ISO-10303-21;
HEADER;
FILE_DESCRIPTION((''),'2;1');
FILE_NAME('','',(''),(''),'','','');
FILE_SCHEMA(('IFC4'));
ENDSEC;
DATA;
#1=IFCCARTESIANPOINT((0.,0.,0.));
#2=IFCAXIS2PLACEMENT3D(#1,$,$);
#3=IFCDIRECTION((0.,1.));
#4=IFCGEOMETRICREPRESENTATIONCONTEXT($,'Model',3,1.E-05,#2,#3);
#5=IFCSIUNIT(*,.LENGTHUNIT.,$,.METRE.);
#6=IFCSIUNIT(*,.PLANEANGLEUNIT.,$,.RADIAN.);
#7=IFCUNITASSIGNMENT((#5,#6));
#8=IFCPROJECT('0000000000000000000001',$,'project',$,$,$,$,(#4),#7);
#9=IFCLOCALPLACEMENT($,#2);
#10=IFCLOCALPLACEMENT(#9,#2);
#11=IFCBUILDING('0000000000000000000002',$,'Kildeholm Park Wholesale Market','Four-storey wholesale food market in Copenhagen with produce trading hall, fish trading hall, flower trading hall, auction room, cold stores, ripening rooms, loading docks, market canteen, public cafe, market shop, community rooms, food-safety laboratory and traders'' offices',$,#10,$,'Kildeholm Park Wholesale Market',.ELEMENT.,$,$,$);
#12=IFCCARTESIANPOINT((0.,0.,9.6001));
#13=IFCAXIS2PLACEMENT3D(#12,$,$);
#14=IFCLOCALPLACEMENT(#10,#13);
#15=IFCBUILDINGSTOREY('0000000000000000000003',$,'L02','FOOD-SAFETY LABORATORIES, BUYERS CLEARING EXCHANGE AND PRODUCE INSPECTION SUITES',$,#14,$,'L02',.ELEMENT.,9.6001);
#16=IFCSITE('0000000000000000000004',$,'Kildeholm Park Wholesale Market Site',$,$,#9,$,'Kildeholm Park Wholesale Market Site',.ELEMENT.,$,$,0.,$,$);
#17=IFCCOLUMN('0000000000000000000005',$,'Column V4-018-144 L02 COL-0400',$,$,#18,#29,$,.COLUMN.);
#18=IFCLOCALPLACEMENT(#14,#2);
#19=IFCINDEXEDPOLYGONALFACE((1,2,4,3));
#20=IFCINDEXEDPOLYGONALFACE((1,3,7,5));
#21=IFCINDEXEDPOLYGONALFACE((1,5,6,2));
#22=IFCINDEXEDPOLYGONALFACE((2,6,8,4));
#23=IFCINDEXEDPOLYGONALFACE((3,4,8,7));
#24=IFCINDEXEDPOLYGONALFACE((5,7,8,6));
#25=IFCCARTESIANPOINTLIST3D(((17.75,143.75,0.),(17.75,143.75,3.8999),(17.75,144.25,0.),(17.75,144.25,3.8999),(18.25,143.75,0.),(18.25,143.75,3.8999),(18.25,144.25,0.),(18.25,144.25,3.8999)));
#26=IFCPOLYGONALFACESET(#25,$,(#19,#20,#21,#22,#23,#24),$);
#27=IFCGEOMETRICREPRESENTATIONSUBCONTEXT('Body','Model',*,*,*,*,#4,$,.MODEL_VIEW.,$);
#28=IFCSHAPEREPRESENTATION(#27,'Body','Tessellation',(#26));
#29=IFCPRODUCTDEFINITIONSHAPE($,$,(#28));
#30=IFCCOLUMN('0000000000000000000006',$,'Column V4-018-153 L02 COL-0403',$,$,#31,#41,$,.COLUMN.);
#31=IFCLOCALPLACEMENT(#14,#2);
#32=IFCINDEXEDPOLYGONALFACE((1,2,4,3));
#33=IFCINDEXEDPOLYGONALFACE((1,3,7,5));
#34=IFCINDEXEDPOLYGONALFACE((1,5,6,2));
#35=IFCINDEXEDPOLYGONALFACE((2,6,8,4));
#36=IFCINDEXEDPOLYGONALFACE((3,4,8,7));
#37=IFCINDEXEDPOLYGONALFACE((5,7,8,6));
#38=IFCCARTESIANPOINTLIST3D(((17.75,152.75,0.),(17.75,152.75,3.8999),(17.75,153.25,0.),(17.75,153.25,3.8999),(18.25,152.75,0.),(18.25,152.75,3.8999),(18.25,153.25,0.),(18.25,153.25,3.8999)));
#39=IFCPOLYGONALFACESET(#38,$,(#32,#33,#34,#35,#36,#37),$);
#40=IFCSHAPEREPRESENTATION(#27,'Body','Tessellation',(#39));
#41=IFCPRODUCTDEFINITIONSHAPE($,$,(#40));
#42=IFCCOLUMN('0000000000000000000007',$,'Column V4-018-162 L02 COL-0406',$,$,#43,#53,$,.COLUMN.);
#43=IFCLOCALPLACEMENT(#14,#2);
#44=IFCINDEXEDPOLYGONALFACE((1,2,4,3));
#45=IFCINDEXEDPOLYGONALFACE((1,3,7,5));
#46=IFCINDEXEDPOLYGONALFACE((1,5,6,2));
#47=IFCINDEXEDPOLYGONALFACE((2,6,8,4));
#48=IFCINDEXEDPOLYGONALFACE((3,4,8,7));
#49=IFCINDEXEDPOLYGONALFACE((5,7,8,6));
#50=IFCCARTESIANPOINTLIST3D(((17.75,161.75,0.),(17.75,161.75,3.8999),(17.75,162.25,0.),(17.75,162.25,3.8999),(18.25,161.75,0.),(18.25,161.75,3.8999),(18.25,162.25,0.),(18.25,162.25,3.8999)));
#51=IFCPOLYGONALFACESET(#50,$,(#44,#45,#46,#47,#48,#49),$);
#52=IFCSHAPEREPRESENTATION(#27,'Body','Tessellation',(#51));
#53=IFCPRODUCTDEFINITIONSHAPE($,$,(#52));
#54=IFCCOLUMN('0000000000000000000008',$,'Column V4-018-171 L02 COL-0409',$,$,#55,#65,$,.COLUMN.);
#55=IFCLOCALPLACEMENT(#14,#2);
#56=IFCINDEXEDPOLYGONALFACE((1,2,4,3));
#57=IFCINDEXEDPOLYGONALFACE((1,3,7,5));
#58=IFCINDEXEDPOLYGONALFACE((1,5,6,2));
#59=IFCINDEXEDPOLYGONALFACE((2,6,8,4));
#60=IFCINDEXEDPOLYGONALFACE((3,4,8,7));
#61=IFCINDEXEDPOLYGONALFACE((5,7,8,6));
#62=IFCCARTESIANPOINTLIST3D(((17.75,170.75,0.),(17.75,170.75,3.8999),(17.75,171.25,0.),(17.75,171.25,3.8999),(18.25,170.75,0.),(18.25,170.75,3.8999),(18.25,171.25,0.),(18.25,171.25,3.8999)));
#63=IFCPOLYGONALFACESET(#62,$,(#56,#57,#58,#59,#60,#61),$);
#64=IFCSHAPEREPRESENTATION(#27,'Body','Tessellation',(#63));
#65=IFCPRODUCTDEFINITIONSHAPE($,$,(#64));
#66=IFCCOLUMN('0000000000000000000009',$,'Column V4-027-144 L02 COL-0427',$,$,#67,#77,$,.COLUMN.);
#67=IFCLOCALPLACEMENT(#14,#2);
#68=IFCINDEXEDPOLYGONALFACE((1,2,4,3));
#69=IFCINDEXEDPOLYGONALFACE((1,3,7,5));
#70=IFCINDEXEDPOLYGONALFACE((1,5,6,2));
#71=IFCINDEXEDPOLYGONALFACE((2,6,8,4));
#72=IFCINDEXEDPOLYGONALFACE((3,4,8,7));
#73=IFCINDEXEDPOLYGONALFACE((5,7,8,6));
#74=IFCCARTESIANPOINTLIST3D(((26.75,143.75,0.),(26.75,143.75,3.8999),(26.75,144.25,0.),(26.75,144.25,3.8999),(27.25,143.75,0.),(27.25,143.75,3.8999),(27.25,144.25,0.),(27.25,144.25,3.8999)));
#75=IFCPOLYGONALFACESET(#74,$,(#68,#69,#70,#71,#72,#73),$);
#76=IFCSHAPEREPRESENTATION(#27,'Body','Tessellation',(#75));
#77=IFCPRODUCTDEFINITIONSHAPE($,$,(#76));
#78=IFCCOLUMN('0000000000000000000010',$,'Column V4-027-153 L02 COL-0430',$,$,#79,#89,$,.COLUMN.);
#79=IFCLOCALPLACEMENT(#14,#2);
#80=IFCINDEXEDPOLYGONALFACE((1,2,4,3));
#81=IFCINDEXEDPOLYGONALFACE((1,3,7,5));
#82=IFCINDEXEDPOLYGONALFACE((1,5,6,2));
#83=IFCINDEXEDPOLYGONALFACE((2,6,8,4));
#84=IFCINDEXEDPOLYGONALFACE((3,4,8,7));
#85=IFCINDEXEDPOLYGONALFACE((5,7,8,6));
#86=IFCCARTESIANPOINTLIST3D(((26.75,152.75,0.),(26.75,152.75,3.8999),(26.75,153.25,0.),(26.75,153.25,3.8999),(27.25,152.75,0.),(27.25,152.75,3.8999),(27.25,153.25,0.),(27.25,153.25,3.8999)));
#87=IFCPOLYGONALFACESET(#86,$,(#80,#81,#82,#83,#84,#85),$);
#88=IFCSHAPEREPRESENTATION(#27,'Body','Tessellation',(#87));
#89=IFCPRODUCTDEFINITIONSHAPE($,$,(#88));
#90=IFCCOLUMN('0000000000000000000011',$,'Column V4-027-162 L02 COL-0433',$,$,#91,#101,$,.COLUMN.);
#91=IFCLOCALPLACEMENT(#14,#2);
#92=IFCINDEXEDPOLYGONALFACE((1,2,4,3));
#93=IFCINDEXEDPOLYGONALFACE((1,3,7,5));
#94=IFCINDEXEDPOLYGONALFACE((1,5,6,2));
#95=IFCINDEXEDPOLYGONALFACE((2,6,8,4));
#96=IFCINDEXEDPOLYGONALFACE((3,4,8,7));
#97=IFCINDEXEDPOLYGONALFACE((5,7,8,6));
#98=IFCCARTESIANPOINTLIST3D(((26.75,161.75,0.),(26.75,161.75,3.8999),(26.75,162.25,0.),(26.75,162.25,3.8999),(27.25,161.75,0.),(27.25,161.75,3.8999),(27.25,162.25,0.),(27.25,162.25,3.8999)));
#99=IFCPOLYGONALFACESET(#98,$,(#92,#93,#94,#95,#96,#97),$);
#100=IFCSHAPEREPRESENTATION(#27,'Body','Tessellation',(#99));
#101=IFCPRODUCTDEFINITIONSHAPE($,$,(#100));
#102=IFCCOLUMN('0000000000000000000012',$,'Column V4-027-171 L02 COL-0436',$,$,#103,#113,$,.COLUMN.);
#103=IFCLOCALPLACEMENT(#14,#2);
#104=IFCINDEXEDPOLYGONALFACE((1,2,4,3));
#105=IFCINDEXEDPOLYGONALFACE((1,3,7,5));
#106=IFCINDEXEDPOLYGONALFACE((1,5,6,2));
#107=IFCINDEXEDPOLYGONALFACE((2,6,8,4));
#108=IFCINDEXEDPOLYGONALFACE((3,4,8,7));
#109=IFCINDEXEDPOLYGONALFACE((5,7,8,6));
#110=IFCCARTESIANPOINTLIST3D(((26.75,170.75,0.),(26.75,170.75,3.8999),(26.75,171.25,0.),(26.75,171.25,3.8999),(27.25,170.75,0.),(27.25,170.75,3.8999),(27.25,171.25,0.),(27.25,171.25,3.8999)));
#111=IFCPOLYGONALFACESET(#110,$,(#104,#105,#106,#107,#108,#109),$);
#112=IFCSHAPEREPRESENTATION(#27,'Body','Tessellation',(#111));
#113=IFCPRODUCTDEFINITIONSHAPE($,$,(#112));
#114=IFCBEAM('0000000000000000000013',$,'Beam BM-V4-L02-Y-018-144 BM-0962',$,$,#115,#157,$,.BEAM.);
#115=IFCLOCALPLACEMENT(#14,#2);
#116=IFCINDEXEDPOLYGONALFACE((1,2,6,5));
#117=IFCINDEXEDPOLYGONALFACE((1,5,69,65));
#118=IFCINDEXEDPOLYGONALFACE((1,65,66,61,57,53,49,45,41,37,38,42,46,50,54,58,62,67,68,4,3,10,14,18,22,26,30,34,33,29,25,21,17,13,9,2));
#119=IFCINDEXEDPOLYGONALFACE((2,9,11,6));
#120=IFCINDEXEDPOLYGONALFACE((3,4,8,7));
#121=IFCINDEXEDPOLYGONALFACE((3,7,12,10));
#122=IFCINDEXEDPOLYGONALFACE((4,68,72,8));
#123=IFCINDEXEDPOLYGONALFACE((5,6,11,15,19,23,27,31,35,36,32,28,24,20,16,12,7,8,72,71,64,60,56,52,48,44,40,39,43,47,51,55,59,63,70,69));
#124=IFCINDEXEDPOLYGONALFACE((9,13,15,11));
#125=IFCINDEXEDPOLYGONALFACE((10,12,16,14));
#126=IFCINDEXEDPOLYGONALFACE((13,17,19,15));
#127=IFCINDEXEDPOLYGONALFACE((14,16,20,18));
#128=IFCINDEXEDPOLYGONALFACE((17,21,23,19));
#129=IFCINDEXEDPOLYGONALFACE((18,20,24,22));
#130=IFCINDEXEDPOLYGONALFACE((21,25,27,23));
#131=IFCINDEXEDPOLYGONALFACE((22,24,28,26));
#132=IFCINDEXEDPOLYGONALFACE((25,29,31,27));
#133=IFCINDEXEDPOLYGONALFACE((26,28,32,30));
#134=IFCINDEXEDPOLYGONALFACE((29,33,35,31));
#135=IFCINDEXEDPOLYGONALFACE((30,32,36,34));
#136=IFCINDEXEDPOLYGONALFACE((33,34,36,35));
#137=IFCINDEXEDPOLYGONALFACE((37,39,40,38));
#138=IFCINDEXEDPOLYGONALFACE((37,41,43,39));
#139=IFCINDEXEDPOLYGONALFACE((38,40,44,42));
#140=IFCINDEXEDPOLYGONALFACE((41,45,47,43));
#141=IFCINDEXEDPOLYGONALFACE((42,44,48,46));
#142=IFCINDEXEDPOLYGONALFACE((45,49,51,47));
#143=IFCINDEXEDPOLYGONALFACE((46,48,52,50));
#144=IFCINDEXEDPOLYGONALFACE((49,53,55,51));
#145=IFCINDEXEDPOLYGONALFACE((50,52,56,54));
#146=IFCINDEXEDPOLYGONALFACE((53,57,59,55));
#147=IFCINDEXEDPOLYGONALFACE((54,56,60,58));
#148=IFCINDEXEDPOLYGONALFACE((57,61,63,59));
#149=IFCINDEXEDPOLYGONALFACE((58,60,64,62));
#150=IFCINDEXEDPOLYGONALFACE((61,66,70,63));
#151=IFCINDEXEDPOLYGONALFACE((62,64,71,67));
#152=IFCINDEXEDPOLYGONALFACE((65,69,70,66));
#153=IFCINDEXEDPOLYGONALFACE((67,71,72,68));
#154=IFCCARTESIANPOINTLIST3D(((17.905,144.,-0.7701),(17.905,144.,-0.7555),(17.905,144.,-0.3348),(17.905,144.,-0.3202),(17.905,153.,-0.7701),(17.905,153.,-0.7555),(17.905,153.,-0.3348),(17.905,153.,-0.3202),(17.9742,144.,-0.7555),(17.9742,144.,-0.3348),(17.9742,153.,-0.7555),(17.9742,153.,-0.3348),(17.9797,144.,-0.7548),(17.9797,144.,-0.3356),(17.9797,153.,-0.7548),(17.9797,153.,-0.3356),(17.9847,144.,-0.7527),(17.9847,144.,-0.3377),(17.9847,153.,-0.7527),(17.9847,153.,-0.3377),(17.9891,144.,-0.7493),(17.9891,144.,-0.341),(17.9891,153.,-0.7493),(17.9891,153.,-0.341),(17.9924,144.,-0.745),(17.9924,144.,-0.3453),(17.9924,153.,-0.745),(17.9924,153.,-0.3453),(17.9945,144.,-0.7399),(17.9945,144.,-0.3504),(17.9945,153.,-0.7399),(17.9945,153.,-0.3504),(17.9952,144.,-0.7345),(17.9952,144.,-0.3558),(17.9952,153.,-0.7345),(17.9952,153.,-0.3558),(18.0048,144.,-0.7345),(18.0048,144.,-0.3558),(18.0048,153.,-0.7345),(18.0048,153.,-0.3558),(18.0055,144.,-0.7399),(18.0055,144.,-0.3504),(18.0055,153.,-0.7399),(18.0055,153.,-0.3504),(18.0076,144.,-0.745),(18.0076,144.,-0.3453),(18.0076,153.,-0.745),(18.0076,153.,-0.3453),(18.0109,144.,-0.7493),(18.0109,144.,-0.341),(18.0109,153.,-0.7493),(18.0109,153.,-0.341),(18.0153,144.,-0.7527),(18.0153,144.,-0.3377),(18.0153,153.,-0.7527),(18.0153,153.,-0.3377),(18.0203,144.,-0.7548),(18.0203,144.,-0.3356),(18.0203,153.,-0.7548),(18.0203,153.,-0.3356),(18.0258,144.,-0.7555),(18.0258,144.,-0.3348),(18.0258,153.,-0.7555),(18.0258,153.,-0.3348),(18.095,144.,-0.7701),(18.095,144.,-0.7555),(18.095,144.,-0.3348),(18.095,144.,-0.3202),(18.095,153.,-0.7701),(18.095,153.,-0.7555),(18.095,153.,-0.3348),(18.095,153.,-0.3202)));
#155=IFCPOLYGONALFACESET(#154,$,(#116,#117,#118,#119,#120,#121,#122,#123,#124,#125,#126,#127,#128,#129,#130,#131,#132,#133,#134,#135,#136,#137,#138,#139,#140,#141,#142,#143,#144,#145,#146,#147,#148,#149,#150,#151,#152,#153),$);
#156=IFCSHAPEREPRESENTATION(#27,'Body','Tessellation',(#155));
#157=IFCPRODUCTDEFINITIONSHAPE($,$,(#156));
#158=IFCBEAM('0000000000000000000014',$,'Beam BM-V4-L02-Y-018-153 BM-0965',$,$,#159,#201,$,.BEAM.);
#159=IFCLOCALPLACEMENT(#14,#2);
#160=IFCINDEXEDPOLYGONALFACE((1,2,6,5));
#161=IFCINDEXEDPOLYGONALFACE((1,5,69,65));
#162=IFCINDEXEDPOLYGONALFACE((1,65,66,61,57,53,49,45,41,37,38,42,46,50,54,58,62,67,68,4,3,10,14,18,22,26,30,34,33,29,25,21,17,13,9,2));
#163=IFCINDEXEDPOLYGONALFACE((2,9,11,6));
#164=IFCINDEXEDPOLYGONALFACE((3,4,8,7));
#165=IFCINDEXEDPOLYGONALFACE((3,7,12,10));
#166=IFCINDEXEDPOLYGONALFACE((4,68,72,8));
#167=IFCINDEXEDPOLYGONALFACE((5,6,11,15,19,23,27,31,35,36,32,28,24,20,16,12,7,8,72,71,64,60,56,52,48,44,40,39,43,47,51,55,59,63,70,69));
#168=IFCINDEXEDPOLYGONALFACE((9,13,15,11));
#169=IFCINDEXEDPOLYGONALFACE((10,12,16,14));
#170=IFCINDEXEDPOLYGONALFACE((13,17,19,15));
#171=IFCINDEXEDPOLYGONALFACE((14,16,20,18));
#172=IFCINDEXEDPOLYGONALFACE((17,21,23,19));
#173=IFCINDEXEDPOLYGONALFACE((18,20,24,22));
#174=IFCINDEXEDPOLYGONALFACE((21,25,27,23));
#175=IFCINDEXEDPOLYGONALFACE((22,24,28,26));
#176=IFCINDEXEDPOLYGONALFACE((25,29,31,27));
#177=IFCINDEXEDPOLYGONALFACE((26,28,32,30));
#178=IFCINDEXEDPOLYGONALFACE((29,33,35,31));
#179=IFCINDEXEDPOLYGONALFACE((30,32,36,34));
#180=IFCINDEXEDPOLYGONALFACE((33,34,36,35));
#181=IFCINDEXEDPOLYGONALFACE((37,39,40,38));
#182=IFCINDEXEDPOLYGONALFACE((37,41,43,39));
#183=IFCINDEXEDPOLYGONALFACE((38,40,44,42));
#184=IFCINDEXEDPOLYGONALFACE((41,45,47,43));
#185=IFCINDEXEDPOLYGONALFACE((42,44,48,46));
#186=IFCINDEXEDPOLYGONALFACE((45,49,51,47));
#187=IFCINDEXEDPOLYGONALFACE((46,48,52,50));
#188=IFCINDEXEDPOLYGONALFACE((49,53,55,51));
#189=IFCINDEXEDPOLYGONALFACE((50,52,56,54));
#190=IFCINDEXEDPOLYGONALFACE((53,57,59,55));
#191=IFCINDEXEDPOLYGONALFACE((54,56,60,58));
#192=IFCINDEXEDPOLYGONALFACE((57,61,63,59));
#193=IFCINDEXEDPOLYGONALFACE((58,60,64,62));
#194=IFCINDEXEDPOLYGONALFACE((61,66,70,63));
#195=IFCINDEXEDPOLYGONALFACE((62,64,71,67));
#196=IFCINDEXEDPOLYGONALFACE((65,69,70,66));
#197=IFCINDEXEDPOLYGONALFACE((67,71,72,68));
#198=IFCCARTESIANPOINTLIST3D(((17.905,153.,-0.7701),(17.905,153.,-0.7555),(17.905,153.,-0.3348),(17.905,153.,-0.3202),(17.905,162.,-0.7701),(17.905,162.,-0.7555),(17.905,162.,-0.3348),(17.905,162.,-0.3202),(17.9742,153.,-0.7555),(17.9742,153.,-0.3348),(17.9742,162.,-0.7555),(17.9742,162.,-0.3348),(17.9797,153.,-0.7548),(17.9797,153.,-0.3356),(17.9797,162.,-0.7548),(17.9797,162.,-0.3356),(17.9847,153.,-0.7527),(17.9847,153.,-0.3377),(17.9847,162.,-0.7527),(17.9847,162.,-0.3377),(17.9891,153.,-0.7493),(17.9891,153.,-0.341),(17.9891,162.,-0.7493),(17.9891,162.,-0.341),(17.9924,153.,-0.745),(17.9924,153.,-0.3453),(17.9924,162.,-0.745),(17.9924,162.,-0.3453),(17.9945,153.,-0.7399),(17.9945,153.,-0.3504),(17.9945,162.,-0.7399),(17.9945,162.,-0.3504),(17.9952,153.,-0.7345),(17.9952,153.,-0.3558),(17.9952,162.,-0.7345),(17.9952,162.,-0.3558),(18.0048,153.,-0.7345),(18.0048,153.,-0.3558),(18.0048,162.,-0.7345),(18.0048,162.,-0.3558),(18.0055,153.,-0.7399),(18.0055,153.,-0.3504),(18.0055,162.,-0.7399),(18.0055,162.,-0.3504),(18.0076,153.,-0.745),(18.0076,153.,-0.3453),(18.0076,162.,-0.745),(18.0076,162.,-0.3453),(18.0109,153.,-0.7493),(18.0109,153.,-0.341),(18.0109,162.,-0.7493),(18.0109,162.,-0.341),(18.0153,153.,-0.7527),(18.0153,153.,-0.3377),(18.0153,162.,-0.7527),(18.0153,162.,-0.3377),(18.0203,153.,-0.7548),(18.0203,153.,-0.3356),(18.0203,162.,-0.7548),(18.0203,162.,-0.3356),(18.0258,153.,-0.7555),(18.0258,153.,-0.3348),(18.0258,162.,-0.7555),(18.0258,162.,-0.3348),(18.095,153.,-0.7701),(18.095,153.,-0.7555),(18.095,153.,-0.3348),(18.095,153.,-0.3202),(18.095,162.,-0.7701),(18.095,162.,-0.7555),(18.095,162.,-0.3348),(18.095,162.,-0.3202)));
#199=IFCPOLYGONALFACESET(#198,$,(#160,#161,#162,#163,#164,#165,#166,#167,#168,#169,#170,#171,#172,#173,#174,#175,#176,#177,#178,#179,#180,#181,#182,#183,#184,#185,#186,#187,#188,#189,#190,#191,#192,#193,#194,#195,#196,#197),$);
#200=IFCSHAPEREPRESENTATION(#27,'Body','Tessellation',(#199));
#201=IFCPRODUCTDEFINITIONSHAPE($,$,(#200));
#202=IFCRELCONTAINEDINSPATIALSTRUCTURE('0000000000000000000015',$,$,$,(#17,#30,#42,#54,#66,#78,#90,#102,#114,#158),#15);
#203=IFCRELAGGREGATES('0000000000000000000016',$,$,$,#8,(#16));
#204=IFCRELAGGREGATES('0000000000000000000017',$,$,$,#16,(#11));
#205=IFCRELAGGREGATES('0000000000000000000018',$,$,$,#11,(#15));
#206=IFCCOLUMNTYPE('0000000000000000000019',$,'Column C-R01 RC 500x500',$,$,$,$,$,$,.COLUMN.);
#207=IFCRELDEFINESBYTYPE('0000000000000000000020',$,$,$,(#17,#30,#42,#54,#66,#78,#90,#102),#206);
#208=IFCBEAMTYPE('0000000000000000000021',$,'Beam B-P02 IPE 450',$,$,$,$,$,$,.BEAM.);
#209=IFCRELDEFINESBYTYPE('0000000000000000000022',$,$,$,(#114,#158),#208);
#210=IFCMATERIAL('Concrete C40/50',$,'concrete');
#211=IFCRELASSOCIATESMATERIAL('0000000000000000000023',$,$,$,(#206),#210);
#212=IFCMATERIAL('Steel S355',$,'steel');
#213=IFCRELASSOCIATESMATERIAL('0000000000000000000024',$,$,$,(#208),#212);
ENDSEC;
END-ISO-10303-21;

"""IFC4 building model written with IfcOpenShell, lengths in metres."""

from ifc_helpers import new_model, si_unit, direction, frame, origin, origin_2d, place, context, subcontext, project, spatial, rectangle, i_section, extrude, material, material_profile, profile_set, type_object, element, save


model = new_model("IFC4")

# Units and contexts
model_context = context("Model", 3, precision=1e-05, world=origin(), true_north=direction((0.0, 1.0)))
body_context = subcontext(model_context, "Body", "Model", "MODEL_VIEW")
ifc_project = project(units=[si_unit("LENGTHUNIT", "METRE"), si_unit("PLANEANGLEUNIT", "RADIAN")], contexts=[model_context])

# Site, building, storey
site_placement = place(None, origin())
site = spatial("IfcSite", under=ifc_project, at=site_placement, Name="Kildeholm Park Wholesale Market Site", LongName="Kildeholm Park Wholesale Market Site", CompositionType="ELEMENT", RefElevation=0.0)
building_placement = place(site_placement, origin())
building = spatial("IfcBuilding", under=site, at=building_placement, Name="Kildeholm Park Wholesale Market", Description="Four-storey wholesale food market in Copenhagen with produce trading hall, fish trading hall, flower trading hall, auction room, cold stores, ripening rooms, loading docks, market canteen, public cafe, market shop, community rooms, food-safety laboratory and traders' offices", LongName="Kildeholm Park Wholesale Market", CompositionType="ELEMENT")
storey_placement = place(building_placement, frame((0.0, 0.0, 9.6001)))
storey = spatial("IfcBuildingStorey", under=building, at=storey_placement, Name="L02", Description="FOOD-SAFETY LABORATORIES, BUYERS CLEARING EXCHANGE AND PRODUCE INSPECTION SUITES", LongName="L02", CompositionType="ELEMENT", Elevation=9.6001)

# Columns
ifc_material_1 = material(Name="Concrete C40/50", Category="concrete")
ifc_material_profile_1 = material_profile(ifc_material_1, rectangle(XDim=0.5, YDim=0.5, at=origin_2d()), Name="RC 500x500")
ifc_profile_set_1 = profile_set([ifc_material_profile_1], Name="Concrete C40/50")
column_type = type_object("IfcColumnType", Name="Column C-R01 RC 500x500", PredefinedType="COLUMN", material=ifc_profile_set_1)
for number, where, z_axis, x_axis, name in (
    (1, (18.0, 144.0, 0.0), (0.0, 0.0, 1.0), (1.0, 0.0, 0.0), "Column V4-018-144 L02 COL-0400"),
    (2, (18.0, 153.0, 0.0), (0.0, 0.0, 1.0), (1.0, 0.0, 0.0), "Column V4-018-153 L02 COL-0403"),
    (3, (18.0, 162.0, 0.0), (0.0, 0.0, 1.0), (1.0, 0.0, 0.0), "Column V4-018-162 L02 COL-0406"),
    (4, (18.0, 171.0, 0.0), (0.0, 0.0, 1.0), (1.0, 0.0, 0.0), "Column V4-018-171 L02 COL-0409"),
    (5, (27.0, 144.0, 0.0), (0.0, 0.0, 1.0), (1.0, 0.0, 0.0), "Column V4-027-144 L02 COL-0427"),
    (6, (27.0, 153.0, 0.0), (0.0, 0.0, 1.0), (1.0, 0.0, 0.0), "Column V4-027-153 L02 COL-0430"),
    (7, (27.0, 162.0, 0.0), (0.0, 0.0, 1.0), (1.0, 0.0, 0.0), "Column V4-027-162 L02 COL-0433"),
    (8, (27.0, 171.0, 0.0), (0.0, 0.0, 1.0), (1.0, 0.0, 0.0), "Column V4-027-171 L02 COL-0436"),
):
    element("IfcColumn", number, at=place(storey_placement, frame(where, z_axis=z_axis, x_axis=x_axis)), inside=storey, type_object=column_type, Name=name, PredefinedType="COLUMN", context=body_context, shape_type="SweptSolid", body=[
        extrude(rectangle(XDim=0.5, YDim=0.5, at=origin_2d()), origin(), (0.0, 0.0, 1.0), 3.8999),
    ])

# Beams
ifc_material_2 = material(Name="Steel S355", Category="steel")
ifc_material_profile_2 = material_profile(ifc_material_2, i_section(OverallWidth=0.1899, OverallDepth=0.45, WebThickness=0.0095, FlangeThickness=0.0146, FilletRadius=0.021, at=origin_2d()), Name="IPE 450")
ifc_profile_set_2 = profile_set([ifc_material_profile_2], Name="Steel S355")
beam_type_1 = type_object("IfcBeamType", Name="Beam B-P02 IPE 450", PredefinedType="BEAM", material=ifc_profile_set_2)
for number, where, z_axis, x_axis, name in (
    (9, (18.0, 144.0, -0.5452), (0.0, 1.0, 0.0), (-1.0, 0.0, 0.0), "Beam BM-V4-L02-Y-018-144 BM-0962"),
    (10, (18.0, 153.0, -0.5452), (0.0, 1.0, 0.0), (-1.0, 0.0, 0.0), "Beam BM-V4-L02-Y-018-153 BM-0965"),
):
    element("IfcBeam", number, at=place(storey_placement, frame(where, z_axis=z_axis, x_axis=x_axis)), inside=storey, type_object=beam_type_1, Name=name, PredefinedType="BEAM", context=body_context, shape_type="SweptSolid", body=[
        extrude(i_section(OverallWidth=0.1899, OverallDepth=0.45, WebThickness=0.0095, FlangeThickness=0.0146, FilletRadius=0.021, at=origin_2d()), origin(), (0.0, 0.0, 1.0), 9.0),
    ])

save(model, "model.ifc")
